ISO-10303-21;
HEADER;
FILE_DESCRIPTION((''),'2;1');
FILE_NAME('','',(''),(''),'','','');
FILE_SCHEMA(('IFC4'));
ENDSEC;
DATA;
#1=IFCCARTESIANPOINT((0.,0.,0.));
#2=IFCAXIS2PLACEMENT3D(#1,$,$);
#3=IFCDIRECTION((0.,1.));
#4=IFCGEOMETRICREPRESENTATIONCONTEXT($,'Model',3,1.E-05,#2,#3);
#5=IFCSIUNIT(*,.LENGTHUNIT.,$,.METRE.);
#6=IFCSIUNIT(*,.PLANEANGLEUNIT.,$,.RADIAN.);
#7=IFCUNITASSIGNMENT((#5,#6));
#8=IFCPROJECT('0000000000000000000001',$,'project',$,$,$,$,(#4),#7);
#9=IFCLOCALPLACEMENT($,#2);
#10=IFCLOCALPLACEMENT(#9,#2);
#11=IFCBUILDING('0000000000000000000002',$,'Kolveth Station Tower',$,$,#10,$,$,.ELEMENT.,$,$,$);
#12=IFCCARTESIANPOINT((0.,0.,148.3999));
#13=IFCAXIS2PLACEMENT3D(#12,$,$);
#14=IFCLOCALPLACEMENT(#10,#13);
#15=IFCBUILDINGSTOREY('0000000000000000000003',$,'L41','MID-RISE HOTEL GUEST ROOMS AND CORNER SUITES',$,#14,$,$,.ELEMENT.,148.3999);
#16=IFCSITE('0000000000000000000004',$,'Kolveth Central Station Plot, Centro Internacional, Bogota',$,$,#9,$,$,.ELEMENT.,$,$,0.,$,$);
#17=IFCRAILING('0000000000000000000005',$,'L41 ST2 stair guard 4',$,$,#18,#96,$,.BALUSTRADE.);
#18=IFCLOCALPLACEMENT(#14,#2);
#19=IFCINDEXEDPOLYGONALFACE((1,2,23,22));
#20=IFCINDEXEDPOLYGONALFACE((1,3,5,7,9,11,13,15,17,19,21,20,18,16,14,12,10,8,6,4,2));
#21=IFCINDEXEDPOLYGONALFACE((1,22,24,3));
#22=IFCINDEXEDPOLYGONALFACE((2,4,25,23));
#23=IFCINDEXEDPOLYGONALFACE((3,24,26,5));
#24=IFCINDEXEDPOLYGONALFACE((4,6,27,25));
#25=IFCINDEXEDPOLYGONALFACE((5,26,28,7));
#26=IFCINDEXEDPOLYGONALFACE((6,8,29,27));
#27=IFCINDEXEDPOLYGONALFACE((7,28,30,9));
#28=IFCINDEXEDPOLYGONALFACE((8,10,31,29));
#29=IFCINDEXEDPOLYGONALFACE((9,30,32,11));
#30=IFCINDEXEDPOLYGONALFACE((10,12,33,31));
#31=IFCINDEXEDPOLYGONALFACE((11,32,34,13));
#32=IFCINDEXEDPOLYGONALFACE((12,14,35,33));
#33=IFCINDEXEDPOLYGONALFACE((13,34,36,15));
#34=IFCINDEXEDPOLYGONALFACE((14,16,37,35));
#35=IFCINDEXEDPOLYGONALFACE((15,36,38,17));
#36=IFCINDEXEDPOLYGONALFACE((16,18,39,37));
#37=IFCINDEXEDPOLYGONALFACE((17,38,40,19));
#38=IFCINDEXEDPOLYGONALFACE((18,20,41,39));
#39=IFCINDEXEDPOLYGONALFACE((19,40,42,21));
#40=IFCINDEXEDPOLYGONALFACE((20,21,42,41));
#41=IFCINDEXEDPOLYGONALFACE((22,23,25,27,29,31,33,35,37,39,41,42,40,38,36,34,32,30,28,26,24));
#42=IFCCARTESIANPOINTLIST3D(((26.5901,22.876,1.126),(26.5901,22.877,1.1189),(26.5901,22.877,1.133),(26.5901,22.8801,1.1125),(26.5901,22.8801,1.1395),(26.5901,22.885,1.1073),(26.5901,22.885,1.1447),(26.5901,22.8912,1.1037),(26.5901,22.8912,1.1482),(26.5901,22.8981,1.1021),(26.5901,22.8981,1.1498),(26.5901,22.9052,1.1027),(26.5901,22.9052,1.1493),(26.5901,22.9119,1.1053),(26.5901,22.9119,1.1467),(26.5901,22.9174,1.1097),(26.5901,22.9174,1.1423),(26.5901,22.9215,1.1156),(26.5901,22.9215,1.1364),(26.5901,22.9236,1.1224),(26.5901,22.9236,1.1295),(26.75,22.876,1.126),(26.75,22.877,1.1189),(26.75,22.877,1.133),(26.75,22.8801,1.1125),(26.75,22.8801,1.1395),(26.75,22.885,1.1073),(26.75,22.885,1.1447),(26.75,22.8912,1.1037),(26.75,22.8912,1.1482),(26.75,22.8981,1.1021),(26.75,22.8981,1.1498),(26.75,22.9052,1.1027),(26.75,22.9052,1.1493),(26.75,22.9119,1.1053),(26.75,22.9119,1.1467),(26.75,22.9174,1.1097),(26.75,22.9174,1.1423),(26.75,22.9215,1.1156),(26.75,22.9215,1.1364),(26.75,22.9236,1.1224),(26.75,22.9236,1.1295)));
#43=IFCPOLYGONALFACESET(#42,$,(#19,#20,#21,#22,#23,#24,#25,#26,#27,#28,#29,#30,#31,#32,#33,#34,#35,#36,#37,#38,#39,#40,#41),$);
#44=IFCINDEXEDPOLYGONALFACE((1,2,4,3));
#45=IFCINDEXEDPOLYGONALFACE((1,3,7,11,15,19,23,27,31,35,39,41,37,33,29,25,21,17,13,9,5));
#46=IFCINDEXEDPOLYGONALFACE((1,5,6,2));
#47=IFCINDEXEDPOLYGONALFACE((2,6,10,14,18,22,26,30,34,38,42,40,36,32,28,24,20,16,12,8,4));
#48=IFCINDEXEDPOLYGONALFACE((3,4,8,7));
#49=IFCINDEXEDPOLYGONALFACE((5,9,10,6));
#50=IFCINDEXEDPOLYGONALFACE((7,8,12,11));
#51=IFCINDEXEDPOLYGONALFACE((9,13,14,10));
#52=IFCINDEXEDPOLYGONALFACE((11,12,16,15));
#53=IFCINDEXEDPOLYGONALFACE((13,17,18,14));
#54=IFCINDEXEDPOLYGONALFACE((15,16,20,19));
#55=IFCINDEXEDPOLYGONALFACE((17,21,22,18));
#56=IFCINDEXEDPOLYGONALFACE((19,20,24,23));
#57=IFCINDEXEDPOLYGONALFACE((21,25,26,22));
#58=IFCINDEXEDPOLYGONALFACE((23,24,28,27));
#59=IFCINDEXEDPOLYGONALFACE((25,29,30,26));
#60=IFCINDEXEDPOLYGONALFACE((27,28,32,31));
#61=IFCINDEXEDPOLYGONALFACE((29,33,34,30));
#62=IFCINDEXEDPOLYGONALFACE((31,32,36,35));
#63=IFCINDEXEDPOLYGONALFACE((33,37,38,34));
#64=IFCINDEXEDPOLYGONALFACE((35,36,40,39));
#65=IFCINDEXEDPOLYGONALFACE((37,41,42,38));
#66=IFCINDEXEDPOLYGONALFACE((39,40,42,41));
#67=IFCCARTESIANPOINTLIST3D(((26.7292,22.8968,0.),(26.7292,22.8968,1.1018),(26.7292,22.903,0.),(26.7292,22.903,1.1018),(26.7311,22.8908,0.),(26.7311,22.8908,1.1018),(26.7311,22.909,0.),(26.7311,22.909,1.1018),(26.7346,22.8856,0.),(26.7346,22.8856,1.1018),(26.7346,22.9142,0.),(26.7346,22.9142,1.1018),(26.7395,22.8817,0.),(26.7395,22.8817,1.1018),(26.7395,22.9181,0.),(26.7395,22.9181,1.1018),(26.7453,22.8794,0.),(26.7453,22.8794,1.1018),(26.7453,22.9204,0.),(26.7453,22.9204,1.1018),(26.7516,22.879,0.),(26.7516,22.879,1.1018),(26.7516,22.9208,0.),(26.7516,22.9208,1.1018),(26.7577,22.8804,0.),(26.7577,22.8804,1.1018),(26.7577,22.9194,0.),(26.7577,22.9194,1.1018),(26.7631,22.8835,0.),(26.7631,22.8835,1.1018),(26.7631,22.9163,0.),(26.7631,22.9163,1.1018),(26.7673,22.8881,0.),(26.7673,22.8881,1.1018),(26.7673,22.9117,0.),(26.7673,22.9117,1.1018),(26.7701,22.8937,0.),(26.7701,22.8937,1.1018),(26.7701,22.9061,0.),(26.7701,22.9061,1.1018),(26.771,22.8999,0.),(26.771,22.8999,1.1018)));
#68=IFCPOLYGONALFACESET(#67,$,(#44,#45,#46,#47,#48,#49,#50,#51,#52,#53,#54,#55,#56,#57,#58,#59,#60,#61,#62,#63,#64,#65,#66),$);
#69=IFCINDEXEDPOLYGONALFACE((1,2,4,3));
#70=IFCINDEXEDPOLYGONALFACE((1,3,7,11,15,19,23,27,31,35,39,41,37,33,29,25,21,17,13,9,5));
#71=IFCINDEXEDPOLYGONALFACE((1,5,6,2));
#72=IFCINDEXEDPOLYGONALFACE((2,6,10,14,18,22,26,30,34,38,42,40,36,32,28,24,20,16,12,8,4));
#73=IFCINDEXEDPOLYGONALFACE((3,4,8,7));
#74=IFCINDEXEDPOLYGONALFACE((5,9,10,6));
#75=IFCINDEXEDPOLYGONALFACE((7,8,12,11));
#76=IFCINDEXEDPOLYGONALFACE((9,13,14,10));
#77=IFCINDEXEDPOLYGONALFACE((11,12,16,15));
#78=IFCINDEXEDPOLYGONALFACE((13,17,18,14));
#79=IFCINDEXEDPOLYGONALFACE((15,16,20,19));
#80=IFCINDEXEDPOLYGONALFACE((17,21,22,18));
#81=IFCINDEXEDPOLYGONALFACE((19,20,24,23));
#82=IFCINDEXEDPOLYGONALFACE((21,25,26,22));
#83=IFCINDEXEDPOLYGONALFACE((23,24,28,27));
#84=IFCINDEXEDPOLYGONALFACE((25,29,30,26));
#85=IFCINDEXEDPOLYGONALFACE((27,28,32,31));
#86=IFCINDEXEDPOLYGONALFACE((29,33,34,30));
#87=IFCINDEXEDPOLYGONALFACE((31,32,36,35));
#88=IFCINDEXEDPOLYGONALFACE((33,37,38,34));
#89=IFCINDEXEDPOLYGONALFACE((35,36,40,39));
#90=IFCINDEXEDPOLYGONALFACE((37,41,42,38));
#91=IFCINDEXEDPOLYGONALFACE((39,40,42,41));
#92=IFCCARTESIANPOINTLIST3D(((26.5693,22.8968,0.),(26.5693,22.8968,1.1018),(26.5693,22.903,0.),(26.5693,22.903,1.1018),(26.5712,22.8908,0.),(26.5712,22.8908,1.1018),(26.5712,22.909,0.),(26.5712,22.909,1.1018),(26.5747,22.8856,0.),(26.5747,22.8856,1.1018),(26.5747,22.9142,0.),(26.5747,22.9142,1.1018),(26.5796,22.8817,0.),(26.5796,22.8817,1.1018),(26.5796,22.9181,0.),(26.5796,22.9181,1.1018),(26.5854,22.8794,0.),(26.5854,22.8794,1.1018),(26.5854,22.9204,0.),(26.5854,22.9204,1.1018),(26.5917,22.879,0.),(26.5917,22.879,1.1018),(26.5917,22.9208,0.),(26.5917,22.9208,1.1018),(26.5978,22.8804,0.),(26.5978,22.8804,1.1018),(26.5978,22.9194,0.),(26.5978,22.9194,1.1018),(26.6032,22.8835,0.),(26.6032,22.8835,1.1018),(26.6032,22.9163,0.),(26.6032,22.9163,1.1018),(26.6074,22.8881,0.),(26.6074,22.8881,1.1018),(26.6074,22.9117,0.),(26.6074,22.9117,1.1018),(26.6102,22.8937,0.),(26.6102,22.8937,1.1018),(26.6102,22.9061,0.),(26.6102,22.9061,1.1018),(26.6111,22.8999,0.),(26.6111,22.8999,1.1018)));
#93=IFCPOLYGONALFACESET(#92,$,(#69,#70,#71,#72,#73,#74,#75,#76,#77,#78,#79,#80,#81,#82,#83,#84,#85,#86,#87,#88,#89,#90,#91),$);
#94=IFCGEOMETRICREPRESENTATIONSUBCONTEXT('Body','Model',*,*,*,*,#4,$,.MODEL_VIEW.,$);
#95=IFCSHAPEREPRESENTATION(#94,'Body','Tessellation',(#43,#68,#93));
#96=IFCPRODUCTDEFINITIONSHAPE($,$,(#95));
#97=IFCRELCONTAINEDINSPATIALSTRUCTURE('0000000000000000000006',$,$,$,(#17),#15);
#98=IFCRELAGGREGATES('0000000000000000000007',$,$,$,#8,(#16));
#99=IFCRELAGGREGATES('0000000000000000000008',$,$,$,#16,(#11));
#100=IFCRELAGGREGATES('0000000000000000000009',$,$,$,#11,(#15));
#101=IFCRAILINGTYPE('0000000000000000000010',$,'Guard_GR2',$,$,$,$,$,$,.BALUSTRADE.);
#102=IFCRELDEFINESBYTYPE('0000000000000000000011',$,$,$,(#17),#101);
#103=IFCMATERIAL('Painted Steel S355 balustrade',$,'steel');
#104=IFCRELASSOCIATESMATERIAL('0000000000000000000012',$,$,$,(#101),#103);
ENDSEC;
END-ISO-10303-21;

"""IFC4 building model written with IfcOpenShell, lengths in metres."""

from ifc_helpers import new_model, si_unit, direction, frame, origin, origin_2d, place, context, subcontext, project, spatial, circle, extrude, material, type_object, element, save


model = new_model("IFC4")

# Units and contexts
model_context = context("Model", 3, precision=1e-05, world=origin(), true_north=direction((0.0, 1.0)))
body_context = subcontext(model_context, "Body", "Model", "MODEL_VIEW")
ifc_project = project(units=[si_unit("LENGTHUNIT", "METRE"), si_unit("PLANEANGLEUNIT", "RADIAN")], contexts=[model_context])

# Site, building, storey
site_placement = place(None, origin())
site = spatial("IfcSite", under=ifc_project, at=site_placement, Name="Kolveth Central Station Plot, Centro Internacional, Bogota", CompositionType="ELEMENT", RefElevation=0.0)
building_placement = place(site_placement, origin())
building = spatial("IfcBuilding", under=site, at=building_placement, Name="Kolveth Station Tower", CompositionType="ELEMENT")
storey_placement = place(building_placement, frame((0.0, 0.0, 148.3999)))
storey = spatial("IfcBuildingStorey", under=building, at=storey_placement, Name="L41", Description="MID-RISE HOTEL GUEST ROOMS AND CORNER SUITES", CompositionType="ELEMENT", Elevation=148.3999)

# Railing
ifc_material_1 = material(Name="Painted Steel S355 balustrade", Category="steel")
railing_type_1 = type_object("IfcRailingType", Name="Guard_GR2", PredefinedType="BALUSTRADE", material=ifc_material_1)
railing_1_placement = place(storey_placement, frame((26.75, 22.8999, 0.0)))
element("IfcRailing", 1, at=railing_1_placement, inside=storey, type_object=railing_type_1, Name="L41 ST2 stair guard 4", PredefinedType="BALUSTRADE", context=body_context, shape_type="SweptSolid", body=[
    extrude(circle(Radius=0.0239, at=origin_2d()), frame((0.0, 0.0, 1.126), z_axis=(-1.0, 0.0, 0.0), x_axis=(0.0, -1.0, 0.0)), (0.0, 0.0, 1.0), 0.1599),
    extrude(circle(Radius=0.021, at=origin_2d()), origin(), (0.0, 0.0, 1.0), 1.1018),
    extrude(circle(Radius=0.021, at=origin_2d()), frame((-0.1599, 0.0, 0.0)), (0.0, 0.0, 1.0), 1.1018),
])

save(model, "model.ifc")
